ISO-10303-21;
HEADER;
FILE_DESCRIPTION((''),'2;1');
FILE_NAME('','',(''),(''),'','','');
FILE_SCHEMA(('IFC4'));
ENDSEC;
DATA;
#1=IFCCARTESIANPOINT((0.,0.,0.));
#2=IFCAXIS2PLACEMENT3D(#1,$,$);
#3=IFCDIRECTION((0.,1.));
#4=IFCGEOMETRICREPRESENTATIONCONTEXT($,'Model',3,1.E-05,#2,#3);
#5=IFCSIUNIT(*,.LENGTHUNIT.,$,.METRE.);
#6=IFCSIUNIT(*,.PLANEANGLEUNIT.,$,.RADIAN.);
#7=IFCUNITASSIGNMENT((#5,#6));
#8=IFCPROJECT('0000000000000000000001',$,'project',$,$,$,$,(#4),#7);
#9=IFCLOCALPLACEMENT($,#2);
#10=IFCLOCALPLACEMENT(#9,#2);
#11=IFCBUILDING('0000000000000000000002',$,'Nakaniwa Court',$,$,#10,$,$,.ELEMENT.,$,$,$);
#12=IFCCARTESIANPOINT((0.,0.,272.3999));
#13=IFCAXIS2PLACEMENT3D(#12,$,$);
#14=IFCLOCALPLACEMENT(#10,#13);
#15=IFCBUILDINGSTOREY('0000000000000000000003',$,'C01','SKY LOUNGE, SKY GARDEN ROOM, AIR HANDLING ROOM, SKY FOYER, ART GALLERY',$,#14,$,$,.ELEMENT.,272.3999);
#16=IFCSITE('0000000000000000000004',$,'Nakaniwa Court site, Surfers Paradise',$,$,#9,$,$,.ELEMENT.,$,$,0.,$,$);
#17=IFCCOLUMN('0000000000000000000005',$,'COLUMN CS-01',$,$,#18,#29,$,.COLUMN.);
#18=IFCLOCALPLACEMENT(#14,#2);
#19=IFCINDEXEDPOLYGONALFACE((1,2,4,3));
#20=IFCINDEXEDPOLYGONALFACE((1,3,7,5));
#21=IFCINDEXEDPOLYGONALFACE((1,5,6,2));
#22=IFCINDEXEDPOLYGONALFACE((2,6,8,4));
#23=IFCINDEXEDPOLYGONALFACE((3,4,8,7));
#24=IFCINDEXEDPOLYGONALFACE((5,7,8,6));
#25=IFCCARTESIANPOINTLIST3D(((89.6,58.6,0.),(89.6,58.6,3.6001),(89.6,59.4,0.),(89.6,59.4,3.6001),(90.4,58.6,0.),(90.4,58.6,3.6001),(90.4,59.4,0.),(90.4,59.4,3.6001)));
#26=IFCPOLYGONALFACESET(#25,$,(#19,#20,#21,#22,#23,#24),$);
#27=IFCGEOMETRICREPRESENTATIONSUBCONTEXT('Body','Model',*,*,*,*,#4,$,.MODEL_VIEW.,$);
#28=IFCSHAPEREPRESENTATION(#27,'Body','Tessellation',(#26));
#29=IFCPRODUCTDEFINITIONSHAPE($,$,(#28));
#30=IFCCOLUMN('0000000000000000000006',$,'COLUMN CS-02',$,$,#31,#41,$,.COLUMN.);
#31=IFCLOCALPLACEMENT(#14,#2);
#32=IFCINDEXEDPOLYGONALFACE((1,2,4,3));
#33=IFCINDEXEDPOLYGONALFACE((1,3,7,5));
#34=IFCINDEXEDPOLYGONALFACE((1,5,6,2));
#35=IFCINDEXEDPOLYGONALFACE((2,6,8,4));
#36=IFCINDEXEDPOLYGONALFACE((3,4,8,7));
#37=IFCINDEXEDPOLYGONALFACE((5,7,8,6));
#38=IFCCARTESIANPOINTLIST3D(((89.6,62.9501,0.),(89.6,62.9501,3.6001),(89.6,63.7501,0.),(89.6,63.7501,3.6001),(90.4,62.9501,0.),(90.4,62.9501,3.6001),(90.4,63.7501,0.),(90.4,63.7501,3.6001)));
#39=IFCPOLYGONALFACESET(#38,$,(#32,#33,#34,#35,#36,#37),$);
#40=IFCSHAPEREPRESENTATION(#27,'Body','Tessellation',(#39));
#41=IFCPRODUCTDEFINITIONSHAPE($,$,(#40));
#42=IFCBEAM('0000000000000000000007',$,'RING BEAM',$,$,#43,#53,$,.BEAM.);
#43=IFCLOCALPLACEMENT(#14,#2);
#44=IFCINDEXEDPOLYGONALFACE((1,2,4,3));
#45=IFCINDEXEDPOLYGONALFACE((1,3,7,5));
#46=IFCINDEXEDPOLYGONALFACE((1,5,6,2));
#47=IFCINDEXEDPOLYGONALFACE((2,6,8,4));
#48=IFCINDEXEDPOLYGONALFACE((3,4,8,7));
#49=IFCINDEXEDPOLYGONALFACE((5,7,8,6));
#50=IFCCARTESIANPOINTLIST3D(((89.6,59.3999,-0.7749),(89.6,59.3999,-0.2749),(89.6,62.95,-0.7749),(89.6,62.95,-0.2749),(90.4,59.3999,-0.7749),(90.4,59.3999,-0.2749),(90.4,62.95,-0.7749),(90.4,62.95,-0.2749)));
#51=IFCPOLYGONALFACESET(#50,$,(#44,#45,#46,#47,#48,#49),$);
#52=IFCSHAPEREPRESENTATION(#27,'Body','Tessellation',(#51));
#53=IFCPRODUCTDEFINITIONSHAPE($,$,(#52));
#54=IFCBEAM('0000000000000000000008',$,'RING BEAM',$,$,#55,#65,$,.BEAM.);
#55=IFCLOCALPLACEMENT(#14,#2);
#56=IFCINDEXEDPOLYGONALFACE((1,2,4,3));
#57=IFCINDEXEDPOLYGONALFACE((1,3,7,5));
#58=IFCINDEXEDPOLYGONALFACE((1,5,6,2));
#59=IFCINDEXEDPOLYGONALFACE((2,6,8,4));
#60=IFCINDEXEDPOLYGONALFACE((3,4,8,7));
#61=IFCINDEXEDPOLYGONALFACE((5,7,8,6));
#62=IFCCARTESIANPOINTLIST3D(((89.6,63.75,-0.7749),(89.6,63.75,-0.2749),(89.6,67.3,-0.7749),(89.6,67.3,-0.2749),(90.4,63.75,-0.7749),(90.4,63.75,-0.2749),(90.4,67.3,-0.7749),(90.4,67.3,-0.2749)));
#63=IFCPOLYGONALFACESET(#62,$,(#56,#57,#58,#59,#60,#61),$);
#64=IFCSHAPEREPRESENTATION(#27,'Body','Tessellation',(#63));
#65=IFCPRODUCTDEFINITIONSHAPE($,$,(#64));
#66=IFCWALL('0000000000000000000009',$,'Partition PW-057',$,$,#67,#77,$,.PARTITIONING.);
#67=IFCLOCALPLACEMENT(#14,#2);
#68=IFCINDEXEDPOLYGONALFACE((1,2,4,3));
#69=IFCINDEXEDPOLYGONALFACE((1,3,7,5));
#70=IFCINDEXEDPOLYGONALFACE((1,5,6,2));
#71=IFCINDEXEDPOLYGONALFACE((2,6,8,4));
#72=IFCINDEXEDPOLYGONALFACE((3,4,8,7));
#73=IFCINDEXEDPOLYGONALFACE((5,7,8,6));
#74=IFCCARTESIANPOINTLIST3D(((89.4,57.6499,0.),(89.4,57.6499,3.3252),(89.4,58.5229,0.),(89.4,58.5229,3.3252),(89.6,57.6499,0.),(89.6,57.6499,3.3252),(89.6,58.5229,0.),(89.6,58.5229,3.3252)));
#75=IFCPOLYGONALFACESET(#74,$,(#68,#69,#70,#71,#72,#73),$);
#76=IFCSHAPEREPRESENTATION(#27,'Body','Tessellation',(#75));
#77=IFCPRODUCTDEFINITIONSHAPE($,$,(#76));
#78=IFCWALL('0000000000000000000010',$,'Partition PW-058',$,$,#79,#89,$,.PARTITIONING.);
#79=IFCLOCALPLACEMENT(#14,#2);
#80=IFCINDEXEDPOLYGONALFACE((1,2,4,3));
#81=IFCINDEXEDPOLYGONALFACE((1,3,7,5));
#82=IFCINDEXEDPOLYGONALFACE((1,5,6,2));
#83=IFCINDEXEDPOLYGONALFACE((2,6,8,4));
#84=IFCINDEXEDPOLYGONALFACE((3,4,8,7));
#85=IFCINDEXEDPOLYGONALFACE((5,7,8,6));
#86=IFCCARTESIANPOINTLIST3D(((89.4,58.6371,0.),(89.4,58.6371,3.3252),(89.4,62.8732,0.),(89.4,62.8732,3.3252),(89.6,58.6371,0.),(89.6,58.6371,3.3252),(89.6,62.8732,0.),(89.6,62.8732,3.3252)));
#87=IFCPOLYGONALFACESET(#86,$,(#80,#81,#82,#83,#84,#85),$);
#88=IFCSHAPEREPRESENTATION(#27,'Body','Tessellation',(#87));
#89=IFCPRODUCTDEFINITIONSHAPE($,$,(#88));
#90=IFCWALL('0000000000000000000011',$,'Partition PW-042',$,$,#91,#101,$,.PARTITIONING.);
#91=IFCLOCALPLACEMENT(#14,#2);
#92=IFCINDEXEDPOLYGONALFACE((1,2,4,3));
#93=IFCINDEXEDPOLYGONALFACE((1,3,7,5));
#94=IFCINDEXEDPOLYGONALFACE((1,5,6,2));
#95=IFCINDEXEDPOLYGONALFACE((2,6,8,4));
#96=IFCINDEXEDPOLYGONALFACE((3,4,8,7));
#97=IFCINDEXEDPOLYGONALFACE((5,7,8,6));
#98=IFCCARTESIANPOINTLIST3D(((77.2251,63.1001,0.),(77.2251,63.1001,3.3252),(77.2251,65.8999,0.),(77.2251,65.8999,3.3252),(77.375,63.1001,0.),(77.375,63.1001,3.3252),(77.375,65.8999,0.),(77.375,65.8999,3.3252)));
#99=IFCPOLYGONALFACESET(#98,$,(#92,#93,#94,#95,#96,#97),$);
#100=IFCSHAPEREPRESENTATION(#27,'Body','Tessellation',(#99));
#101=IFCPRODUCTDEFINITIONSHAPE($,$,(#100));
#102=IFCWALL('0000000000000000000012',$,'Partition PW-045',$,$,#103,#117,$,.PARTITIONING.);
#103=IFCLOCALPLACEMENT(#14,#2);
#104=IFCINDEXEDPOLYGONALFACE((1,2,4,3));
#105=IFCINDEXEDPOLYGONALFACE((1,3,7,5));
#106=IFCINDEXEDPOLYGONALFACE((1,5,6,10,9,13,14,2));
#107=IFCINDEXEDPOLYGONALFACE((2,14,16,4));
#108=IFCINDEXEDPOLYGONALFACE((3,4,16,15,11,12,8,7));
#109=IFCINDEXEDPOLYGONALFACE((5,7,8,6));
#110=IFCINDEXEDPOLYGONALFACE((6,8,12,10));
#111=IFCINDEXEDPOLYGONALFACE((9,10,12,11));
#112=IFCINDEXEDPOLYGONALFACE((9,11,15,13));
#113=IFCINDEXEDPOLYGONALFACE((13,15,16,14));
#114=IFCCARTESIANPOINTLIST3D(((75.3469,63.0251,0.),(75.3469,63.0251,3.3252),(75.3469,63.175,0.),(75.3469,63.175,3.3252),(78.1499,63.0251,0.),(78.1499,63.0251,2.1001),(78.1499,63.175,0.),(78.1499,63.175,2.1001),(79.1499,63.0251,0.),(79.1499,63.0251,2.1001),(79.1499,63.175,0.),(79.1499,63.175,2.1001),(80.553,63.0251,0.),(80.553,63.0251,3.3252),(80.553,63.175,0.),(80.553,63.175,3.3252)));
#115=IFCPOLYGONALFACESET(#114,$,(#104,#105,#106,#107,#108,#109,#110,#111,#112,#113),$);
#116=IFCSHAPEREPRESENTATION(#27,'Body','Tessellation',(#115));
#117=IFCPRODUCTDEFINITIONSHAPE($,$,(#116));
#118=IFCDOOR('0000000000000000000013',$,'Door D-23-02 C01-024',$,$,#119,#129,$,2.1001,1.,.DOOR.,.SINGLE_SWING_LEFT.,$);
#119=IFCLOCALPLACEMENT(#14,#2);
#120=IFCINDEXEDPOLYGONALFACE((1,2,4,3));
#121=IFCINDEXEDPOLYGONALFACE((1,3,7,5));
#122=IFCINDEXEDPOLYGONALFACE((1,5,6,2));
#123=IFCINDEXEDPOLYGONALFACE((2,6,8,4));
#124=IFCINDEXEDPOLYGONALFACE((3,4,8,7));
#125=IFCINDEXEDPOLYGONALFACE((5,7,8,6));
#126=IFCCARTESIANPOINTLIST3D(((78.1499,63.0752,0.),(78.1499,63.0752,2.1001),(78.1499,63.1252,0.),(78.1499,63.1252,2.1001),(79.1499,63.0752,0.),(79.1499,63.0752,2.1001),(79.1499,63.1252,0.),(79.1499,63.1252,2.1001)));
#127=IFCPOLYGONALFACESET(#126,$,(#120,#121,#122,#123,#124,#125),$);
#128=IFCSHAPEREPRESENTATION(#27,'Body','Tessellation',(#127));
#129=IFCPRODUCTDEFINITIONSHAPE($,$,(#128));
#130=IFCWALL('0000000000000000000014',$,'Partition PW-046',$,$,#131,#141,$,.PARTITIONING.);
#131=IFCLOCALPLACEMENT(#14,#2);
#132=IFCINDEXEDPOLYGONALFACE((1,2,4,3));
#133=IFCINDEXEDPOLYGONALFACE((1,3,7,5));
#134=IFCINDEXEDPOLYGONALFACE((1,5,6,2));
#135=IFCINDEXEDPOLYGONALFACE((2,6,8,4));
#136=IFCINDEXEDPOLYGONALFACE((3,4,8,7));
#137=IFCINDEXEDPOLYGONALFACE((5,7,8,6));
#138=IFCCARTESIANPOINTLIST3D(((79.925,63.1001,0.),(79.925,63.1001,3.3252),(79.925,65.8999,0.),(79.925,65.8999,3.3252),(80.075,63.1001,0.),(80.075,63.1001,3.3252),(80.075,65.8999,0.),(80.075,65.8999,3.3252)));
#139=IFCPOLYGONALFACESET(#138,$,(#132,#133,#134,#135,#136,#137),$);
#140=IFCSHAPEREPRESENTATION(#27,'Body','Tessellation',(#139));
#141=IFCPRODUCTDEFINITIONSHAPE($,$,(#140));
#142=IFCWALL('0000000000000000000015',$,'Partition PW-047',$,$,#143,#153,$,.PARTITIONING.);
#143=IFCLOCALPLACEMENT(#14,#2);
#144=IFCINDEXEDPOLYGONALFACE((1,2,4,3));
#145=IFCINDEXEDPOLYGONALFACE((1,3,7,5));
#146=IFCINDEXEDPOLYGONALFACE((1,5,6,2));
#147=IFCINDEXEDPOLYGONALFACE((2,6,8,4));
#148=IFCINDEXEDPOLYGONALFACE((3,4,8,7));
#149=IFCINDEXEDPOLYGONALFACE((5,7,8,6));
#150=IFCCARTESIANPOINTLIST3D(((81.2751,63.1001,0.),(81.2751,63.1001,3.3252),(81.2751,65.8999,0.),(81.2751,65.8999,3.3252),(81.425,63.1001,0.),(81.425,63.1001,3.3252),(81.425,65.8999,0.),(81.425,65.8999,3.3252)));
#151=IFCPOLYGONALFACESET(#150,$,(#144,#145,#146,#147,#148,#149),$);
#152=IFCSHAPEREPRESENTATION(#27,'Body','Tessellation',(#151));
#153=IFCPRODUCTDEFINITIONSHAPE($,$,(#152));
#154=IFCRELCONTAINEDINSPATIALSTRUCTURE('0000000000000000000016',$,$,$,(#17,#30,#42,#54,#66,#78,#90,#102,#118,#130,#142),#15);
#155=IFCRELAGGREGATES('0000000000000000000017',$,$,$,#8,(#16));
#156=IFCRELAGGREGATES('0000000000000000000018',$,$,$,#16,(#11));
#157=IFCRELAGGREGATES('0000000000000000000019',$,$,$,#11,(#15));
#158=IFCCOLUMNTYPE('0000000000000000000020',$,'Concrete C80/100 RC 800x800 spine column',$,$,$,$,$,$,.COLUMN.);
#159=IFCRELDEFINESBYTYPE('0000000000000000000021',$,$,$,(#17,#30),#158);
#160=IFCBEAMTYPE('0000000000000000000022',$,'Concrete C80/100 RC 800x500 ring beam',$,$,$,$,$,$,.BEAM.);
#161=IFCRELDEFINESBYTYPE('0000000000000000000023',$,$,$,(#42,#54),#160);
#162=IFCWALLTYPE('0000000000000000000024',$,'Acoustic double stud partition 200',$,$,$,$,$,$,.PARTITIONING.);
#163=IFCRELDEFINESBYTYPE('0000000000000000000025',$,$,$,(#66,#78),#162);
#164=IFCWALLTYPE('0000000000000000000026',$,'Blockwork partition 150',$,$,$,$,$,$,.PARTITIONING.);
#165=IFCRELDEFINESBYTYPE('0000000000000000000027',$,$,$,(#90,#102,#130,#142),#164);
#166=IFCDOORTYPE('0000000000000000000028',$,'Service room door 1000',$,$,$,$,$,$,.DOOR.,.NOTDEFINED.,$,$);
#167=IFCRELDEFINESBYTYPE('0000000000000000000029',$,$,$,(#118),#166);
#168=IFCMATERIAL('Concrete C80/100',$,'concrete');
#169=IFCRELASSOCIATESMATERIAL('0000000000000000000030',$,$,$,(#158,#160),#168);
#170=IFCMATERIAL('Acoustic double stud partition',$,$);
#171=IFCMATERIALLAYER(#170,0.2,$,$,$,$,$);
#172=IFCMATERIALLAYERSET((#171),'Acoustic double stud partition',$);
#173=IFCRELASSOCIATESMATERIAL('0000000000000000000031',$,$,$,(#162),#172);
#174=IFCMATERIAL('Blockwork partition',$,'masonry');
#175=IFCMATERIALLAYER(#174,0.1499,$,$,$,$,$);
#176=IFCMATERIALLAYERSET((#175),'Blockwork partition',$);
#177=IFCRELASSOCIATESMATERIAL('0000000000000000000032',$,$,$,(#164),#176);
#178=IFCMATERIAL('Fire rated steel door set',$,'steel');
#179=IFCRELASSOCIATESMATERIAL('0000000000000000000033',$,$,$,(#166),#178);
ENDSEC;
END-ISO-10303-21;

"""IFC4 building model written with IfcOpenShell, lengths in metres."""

from ifc_helpers import new_model, si_unit, direction, frame, frame_2d, origin, origin_2d, place, context, subcontext, project, spatial, rectangle, extrude, material, layer, layer_set, material_profile, profile_set, type_object, element, fill, save


model = new_model("IFC4")

# Units and contexts
model_context = context("Model", 3, precision=1e-05, world=origin(), true_north=direction((0.0, 1.0)))
body_context = subcontext(model_context, "Body", "Model", "MODEL_VIEW")
ifc_project = project(units=[si_unit("LENGTHUNIT", "METRE"), si_unit("PLANEANGLEUNIT", "RADIAN")], contexts=[model_context])

# Site, building, storey
site_placement = place(None, origin())
site = spatial("IfcSite", under=ifc_project, at=site_placement, Name="Nakaniwa Court site, Surfers Paradise", CompositionType="ELEMENT", RefElevation=0.0)
building_placement = place(site_placement, origin())
building = spatial("IfcBuilding", under=site, at=building_placement, Name="Nakaniwa Court", CompositionType="ELEMENT")
storey_placement = place(building_placement, frame((0.0, 0.0, 272.3999)))
storey = spatial("IfcBuildingStorey", under=building, at=storey_placement, Name="C01", Description="SKY LOUNGE, SKY GARDEN ROOM, AIR HANDLING ROOM, SKY FOYER, ART GALLERY", CompositionType="ELEMENT", Elevation=272.3999)

# Columns
ifc_material_1 = material(Name="Concrete C80/100", Category="concrete")
ifc_material_profile_1 = material_profile(ifc_material_1, rectangle(XDim=0.8, YDim=0.8, at=origin_2d()), Name="Concrete C80/100 RC 800x800 spine column")
ifc_profile_set_1 = profile_set([ifc_material_profile_1], Name="Concrete C80/100")
column_type = type_object("IfcColumnType", Name="Concrete C80/100 RC 800x800 spine column", PredefinedType="COLUMN", material=ifc_profile_set_1)
for number, where, z_axis, x_axis, name in (
    (1, (90.0, 59.0, 0.0), (0.0, 0.0, 1.0), (0.0, 1.0, 0.0), "COLUMN CS-01"),
    (2, (90.0, 63.3501, 0.0), (0.0, 0.0, 1.0), (0.0, 1.0, 0.0), "COLUMN CS-02"),
):
    element("IfcColumn", number, at=place(storey_placement, frame(where, z_axis=z_axis, x_axis=x_axis)), inside=storey, type_object=column_type, Name=name, PredefinedType="COLUMN", context=body_context, shape_type="SweptSolid", body=[
        extrude(rectangle(XDim=0.8, YDim=0.8, at=origin_2d()), origin(), (0.0, 0.0, 1.0), 3.6001),
    ])

# Beams
ifc_material_profile_2 = material_profile(ifc_material_1, rectangle(XDim=0.8, YDim=0.5, at=origin_2d()), Name="Concrete C80/100 RC 800x500 ring beam")
ifc_profile_set_2 = profile_set([ifc_material_profile_2], Name="Concrete C80/100")
beam_type = type_object("IfcBeamType", Name="Concrete C80/100 RC 800x500 ring beam", PredefinedType="BEAM", material=ifc_profile_set_2)
for number, where, z_axis, x_axis, name in (
    (3, (90.0, 59.3999, -0.5249), (0.0, 1.0, 0.0), (-1.0, 0.0, 0.0), "RING BEAM"),
    (4, (90.0, 63.75, -0.5249), (0.0, 1.0, 0.0), (-1.0, 0.0, 0.0), "RING BEAM"),
):
    element("IfcBeam", number, at=place(storey_placement, frame(where, z_axis=z_axis, x_axis=x_axis)), inside=storey, type_object=beam_type, Name=name, PredefinedType="BEAM", context=body_context, shape_type="SweptSolid", body=[
        extrude(rectangle(XDim=0.8, YDim=0.5, at=origin_2d()), origin(), (0.0, 0.0, 1.0), 3.55),
    ])

# Walls
ifc_material_2 = material(Name="Acoustic double stud partition")
ifc_layer_1 = layer(ifc_material_2, 0.2)
ifc_layer_set_1 = layer_set([ifc_layer_1], Name="Acoustic double stud partition")
wall_type_1 = type_object("IfcWallType", Name="Acoustic double stud partition 200", PredefinedType="PARTITIONING", material=ifc_layer_set_1)
wall_1_placement = place(storey_placement, frame((89.5, 57.6499, 0.0), z_axis=(0.0, 0.0, 1.0), x_axis=(0.0, 1.0, 0.0)))
element("IfcWall", 5, at=wall_1_placement, inside=storey, type_object=wall_type_1, Name="Partition PW-057", PredefinedType="PARTITIONING", context=body_context, shape_type="SweptSolid", body=[
    extrude(rectangle(XDim=0.873, YDim=0.2, at=frame_2d((0.4365, 0.0))), origin(), (0.0, 0.0, 1.0), 3.3252),
])
wall_2_placement = place(storey_placement, frame((89.5, 58.637, 0.0), z_axis=(0.0, 0.0, 1.0), x_axis=(0.0, 1.0, 0.0)))
element("IfcWall", 6, at=wall_2_placement, inside=storey, type_object=wall_type_1, Name="Partition PW-058", PredefinedType="PARTITIONING", context=body_context, shape_type="SweptSolid", body=[
    extrude(rectangle(XDim=4.2361, YDim=0.2, at=frame_2d((2.1182, 0.0))), origin(), (0.0, 0.0, 1.0), 3.3252),
])
ifc_material_3 = material(Name="Blockwork partition", Category="masonry")
ifc_layer_2 = layer(ifc_material_3, 0.1499)
ifc_layer_set_2 = layer_set([ifc_layer_2], Name="Blockwork partition")
wall_type_2 = type_object("IfcWallType", Name="Blockwork partition 150", PredefinedType="PARTITIONING", material=ifc_layer_set_2)
wall_3_placement = place(storey_placement, frame((77.3, 63.1001, 0.0), z_axis=(0.0, 0.0, 1.0), x_axis=(0.0, 1.0, 0.0)))
element("IfcWall", 7, at=wall_3_placement, inside=storey, type_object=wall_type_2, Name="Partition PW-042", PredefinedType="PARTITIONING", context=body_context, shape_type="SweptSolid", body=[
    extrude(rectangle(XDim=2.7998, YDim=0.1499, at=frame_2d((1.3999, 0.0))), origin(), (0.0, 0.0, 1.0), 3.3252),
])

# Wall, opening, door
wall_4_placement = place(storey_placement, frame((80.553, 63.1001, 0.0), z_axis=(0.0, 0.0, 1.0), x_axis=(-1.0, 0.0, 0.0)))
wall_4 = element("IfcWall", 8, at=wall_4_placement, inside=storey, type_object=wall_type_2, Name="Partition PW-045", PredefinedType="PARTITIONING", context=body_context, shape_type="SweptSolid", body=[
    extrude(rectangle(XDim=5.2061, YDim=0.1499, at=frame_2d((2.603, 0.0))), origin(), (0.0, 0.0, 1.0), 3.3252),
])
opening_1_placement = place(wall_4_placement, frame((1.4031, 0.0, 0.0)))
opening_1 = element("IfcOpeningElement", 9, at=opening_1_placement, cuts=wall_4, PredefinedType="OPENING", context=body_context, shape_type="SweptSolid", body=[
    extrude(rectangle(XDim=1.0, YDim=2.1001, at=frame_2d((0.5, 1.05))), frame((0.0, 0.085, 0.0), z_axis=(0.0, -1.0, 0.0), x_axis=(1.0, 0.0, 0.0)), (0.0, 0.0, 1.0), 0.1699),
])
ifc_material_4 = material(Name="Fire rated steel door set", Category="steel")
door_type_1 = type_object("IfcDoorType", Name="Service room door 1000", OperationType="NOTDEFINED", PredefinedType="DOOR", material=ifc_material_4)
door_1_placement = place(opening_1_placement, origin())
door_1 = element("IfcDoor", 10, at=door_1_placement, inside=storey, type_object=door_type_1, Name="Door D-23-02 C01-024", OperationType="SINGLE_SWING_LEFT", OverallHeight=2.1001, OverallWidth=1.0, PredefinedType="DOOR", context=body_context, shape_type="SweptSolid", body=[
    extrude(rectangle(XDim=1.0, YDim=2.1001, at=frame_2d((0.5, 1.05))), frame((0.0, 0.0249, 0.0), z_axis=(0.0, -1.0, 0.0), x_axis=(1.0, 0.0, 0.0)), (0.0, 0.0, 1.0), 0.05),
])
fill(opening_1, door_1)

# Walls
for number, where, z_axis, x_axis, name in (
    (11, (80.0, 63.1001, 0.0), (0.0, 0.0, 1.0), (0.0, 1.0, 0.0), "Partition PW-046"),
    (12, (81.3501, 63.1001, 0.0), (0.0, 0.0, 1.0), (0.0, 1.0, 0.0), "Partition PW-047"),
):
    element("IfcWall", number, at=place(storey_placement, frame(where, z_axis=z_axis, x_axis=x_axis)), inside=storey, type_object=wall_type_2, Name=name, PredefinedType="PARTITIONING", context=body_context, shape_type="SweptSolid", body=[
        extrude(rectangle(XDim=2.7998, YDim=0.1499, at=frame_2d((1.3999, 0.0))), origin(), (0.0, 0.0, 1.0), 3.3252),
    ])

save(model, "model.ifc")
